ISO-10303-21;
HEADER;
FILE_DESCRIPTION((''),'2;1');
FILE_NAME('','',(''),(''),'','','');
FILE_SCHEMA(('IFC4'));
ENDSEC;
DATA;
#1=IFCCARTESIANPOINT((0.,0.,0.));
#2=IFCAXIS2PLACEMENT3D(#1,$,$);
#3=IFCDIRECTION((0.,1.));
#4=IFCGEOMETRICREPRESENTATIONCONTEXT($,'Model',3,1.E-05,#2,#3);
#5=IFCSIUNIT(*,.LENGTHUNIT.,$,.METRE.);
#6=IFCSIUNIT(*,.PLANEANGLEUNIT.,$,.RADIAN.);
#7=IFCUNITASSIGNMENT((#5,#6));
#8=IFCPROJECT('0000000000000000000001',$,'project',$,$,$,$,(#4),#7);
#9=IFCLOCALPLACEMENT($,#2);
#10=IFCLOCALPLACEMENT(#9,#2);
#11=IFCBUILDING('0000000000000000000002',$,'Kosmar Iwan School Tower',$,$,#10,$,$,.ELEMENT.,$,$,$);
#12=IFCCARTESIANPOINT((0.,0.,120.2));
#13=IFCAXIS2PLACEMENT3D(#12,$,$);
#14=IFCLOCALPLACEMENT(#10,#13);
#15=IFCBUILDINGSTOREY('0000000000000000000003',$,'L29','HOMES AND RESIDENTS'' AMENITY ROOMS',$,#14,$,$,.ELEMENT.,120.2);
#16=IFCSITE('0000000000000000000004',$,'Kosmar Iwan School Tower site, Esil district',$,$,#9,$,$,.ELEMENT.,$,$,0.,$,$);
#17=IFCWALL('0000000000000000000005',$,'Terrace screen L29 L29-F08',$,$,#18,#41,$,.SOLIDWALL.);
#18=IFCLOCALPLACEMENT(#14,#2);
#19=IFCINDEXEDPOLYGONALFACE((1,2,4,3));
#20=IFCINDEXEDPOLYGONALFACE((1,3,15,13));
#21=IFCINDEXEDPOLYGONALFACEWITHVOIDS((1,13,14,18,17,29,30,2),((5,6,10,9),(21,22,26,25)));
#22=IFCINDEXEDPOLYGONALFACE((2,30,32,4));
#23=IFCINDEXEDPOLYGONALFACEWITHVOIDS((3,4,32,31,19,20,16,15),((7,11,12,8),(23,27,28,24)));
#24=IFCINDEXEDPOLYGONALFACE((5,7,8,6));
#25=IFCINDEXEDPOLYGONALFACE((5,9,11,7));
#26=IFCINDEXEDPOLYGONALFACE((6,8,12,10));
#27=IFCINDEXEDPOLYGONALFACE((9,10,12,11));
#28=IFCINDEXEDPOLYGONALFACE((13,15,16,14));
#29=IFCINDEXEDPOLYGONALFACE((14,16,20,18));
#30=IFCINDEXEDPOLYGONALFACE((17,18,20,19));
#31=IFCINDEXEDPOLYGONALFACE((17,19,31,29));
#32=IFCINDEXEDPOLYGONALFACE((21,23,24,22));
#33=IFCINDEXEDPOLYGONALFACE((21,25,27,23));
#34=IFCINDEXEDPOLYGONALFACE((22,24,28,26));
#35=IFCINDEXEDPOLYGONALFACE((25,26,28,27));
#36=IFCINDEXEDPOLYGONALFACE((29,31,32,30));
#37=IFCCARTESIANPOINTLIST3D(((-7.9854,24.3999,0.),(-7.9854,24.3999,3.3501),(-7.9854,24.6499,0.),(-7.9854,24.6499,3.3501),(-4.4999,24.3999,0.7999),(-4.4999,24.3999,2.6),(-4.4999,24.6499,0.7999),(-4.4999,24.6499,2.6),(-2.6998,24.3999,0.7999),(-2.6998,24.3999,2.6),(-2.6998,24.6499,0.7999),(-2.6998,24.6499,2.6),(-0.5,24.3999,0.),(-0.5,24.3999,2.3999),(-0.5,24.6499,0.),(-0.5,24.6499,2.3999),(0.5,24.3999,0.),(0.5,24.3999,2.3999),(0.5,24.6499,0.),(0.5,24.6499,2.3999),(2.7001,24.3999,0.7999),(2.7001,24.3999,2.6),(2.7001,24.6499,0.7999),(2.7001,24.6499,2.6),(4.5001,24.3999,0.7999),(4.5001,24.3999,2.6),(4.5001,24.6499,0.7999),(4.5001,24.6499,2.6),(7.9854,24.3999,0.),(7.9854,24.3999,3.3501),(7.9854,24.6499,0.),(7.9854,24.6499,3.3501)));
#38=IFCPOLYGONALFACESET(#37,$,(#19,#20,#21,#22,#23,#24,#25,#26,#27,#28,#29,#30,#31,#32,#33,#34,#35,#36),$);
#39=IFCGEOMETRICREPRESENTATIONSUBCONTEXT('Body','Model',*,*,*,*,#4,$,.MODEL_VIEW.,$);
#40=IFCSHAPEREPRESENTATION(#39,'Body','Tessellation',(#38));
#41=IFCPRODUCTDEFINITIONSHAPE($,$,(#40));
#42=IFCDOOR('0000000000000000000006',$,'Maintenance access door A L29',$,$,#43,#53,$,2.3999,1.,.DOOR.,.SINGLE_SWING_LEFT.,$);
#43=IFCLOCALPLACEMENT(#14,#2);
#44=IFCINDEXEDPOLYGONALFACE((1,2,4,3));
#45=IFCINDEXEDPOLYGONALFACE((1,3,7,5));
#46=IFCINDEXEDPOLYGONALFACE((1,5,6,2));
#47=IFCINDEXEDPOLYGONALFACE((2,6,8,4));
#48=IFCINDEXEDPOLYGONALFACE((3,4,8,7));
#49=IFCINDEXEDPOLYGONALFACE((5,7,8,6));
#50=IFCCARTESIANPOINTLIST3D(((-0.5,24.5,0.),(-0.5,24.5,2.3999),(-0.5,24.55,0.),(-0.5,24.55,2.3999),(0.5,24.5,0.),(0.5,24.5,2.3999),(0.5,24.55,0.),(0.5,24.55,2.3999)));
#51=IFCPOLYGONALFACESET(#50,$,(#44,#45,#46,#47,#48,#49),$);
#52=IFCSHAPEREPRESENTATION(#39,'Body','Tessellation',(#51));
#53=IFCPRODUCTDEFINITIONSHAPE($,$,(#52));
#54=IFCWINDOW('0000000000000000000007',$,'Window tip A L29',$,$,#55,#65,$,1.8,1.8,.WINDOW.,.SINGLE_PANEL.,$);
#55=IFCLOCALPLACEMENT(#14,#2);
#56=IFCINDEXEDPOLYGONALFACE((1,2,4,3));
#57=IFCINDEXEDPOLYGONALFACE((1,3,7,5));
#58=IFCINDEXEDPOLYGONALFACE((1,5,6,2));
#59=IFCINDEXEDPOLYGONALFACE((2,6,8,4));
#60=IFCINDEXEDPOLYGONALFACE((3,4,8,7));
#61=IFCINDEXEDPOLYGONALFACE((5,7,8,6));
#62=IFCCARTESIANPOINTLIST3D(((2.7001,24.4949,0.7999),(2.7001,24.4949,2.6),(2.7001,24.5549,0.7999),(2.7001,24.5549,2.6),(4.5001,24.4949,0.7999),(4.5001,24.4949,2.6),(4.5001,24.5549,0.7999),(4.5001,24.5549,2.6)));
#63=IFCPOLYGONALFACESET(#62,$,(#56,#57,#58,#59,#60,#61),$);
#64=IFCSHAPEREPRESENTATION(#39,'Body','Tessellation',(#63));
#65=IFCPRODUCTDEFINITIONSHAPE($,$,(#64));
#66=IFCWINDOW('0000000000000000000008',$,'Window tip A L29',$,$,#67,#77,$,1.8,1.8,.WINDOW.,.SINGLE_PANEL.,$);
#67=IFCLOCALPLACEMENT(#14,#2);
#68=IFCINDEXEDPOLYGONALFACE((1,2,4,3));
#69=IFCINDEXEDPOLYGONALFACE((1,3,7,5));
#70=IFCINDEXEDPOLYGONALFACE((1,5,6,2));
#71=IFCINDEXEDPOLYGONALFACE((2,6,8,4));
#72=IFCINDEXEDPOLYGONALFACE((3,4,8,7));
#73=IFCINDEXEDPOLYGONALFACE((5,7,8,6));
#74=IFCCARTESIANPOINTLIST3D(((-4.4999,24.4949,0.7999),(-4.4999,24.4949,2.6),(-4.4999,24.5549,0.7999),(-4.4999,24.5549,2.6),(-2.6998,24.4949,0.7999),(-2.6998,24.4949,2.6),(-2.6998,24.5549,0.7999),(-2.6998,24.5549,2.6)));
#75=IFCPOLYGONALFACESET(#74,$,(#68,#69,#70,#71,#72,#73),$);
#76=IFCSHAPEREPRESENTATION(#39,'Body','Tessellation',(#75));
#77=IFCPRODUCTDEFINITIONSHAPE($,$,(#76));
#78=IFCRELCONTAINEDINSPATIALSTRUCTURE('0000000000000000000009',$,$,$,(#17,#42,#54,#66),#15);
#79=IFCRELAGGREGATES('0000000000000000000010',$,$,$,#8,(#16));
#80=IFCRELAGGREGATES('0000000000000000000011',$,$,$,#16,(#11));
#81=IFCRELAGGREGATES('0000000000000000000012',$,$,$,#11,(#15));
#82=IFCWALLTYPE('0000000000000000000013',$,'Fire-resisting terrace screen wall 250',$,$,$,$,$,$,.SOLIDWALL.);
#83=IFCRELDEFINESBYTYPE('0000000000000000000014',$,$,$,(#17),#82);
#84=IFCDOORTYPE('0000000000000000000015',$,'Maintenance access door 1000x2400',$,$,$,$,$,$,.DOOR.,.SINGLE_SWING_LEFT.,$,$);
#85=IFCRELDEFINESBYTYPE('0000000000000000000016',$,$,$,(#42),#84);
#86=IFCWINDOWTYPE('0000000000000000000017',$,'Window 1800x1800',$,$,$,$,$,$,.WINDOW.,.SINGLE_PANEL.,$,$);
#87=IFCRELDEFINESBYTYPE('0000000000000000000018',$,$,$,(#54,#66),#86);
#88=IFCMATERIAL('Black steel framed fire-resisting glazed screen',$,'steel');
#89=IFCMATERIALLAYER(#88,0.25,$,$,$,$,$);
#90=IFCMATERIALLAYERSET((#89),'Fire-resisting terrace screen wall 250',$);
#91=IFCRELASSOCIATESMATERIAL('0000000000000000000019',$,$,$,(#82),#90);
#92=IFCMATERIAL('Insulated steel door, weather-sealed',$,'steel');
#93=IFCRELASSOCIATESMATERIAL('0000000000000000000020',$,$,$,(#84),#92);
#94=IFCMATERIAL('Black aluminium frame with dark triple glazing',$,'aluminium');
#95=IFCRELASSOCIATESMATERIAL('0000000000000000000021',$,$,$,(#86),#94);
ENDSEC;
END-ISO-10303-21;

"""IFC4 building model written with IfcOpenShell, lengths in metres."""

from ifc_helpers import new_model, si_unit, direction, frame, frame_2d, origin, place, context, subcontext, project, spatial, rectangle, extrude, material, layer, layer_set, type_object, element, fill, save


model = new_model("IFC4")

# Units and contexts
model_context = context("Model", 3, precision=1e-05, world=origin(), true_north=direction((0.0, 1.0)))
body_context = subcontext(model_context, "Body", "Model", "MODEL_VIEW")
ifc_project = project(units=[si_unit("LENGTHUNIT", "METRE"), si_unit("PLANEANGLEUNIT", "RADIAN")], contexts=[model_context])

# Site, building, storey
site_placement = place(None, origin())
site = spatial("IfcSite", under=ifc_project, at=site_placement, Name="Kosmar Iwan School Tower site, Esil district", CompositionType="ELEMENT", RefElevation=0.0)
building_placement = place(site_placement, origin())
building = spatial("IfcBuilding", under=site, at=building_placement, Name="Kosmar Iwan School Tower", CompositionType="ELEMENT")
storey_placement = place(building_placement, frame((0.0, 0.0, 120.2)))
storey = spatial("IfcBuildingStorey", under=building, at=storey_placement, Name="L29", Description="HOMES AND RESIDENTS' AMENITY ROOMS", CompositionType="ELEMENT", Elevation=120.2)

# Wall, openings, door, windows
ifc_material_1 = material(Name="Black steel framed fire-resisting glazed screen", Category="steel")
ifc_layer_1 = layer(ifc_material_1, 0.25)
ifc_layer_set_1 = layer_set([ifc_layer_1], Name="Fire-resisting terrace screen wall 250")
wall_type_1 = type_object("IfcWallType", Name="Fire-resisting terrace screen wall 250", PredefinedType="SOLIDWALL", material=ifc_layer_set_1)
wall_1_placement = place(storey_placement, frame((7.9854, 24.5249, 0.0), z_axis=(0.0, 0.0, 1.0), x_axis=(-1.0, 0.0, 0.0)))
wall_1 = element("IfcWall", 1, at=wall_1_placement, inside=storey, type_object=wall_type_1, Name="Terrace screen L29 L29-F08", PredefinedType="SOLIDWALL", context=body_context, shape_type="SweptSolid", body=[
    extrude(rectangle(XDim=15.9707, YDim=0.25, at=frame_2d((7.9854, 0.0))), origin(), (0.0, 0.0, 1.0), 3.3501),
])
opening_1_placement = place(wall_1_placement, frame((7.4854, 0.0, 0.0)))
opening_1 = element("IfcOpeningElement", 2, at=opening_1_placement, cuts=wall_1, PredefinedType="OPENING", context=body_context, shape_type="SweptSolid", body=[
    extrude(rectangle(XDim=1.0, YDim=2.3999, at=frame_2d((0.5, 1.2))), frame((0.0, 0.137, 0.0), z_axis=(0.0, -1.0, 0.0), x_axis=(1.0, 0.0, 0.0)), (0.0, 0.0, 1.0), 0.2739),
])
opening_2_placement = place(wall_1_placement, frame((3.4854, 0.0, 0.8)))
opening_2 = element("IfcOpeningElement", 3, at=opening_2_placement, cuts=wall_1, PredefinedType="OPENING", context=body_context, shape_type="SweptSolid", body=[
    extrude(rectangle(XDim=1.8, YDim=1.8, at=frame_2d((0.8999, 0.8999))), frame((0.0, 0.137, 0.0), z_axis=(0.0, -1.0, 0.0), x_axis=(1.0, 0.0, 0.0)), (0.0, 0.0, 1.0), 0.2739),
])
opening_3_placement = place(wall_1_placement, frame((10.6853, 0.0, 0.8)))
opening_3 = element("IfcOpeningElement", 4, at=opening_3_placement, cuts=wall_1, PredefinedType="OPENING", context=body_context, shape_type="SweptSolid", body=[
    extrude(rectangle(XDim=1.8, YDim=1.8, at=frame_2d((0.8999, 0.8999))), frame((0.0, 0.137, 0.0), z_axis=(0.0, -1.0, 0.0), x_axis=(1.0, 0.0, 0.0)), (0.0, 0.0, 1.0), 0.2739),
])
ifc_material_2 = material(Name="Insulated steel door, weather-sealed", Category="steel")
door_type_1 = type_object("IfcDoorType", Name="Maintenance access door 1000x2400", OperationType="SINGLE_SWING_LEFT", PredefinedType="DOOR", material=ifc_material_2)
door_1_placement = place(opening_1_placement, origin())
door_1 = element("IfcDoor", 5, at=door_1_placement, inside=storey, type_object=door_type_1, Name="Maintenance access door A L29", OperationType="SINGLE_SWING_LEFT", OverallHeight=2.3999, OverallWidth=1.0, PredefinedType="DOOR", context=body_context, shape_type="SweptSolid", body=[
    extrude(rectangle(XDim=1.0, YDim=2.3999, at=frame_2d((0.5, 1.2))), frame((0.0, 0.0249, 0.0), z_axis=(0.0, -1.0, 0.0), x_axis=(1.0, 0.0, 0.0)), (0.0, 0.0, 1.0), 0.05),
])
fill(opening_1, door_1)
ifc_material_3 = material(Name="Black aluminium frame with dark triple glazing", Category="aluminium")
window_type = type_object("IfcWindowType", Name="Window 1800x1800", PartitioningType="SINGLE_PANEL", PredefinedType="WINDOW", material=ifc_material_3)
window_1_placement = place(opening_2_placement, origin())
window_1 = element("IfcWindow", 6, at=window_1_placement, inside=storey, type_object=window_type, Name="Window tip A L29", OverallHeight=1.8, OverallWidth=1.8, PartitioningType="SINGLE_PANEL", PredefinedType="WINDOW", context=body_context, shape_type="SweptSolid", body=[
    extrude(rectangle(XDim=1.8, YDim=1.8, at=frame_2d((0.8999, 0.8999))), frame((0.0, 0.03, 0.0), z_axis=(0.0, -1.0, 0.0), x_axis=(1.0, 0.0, 0.0)), (0.0, 0.0, 1.0), 0.0601),
])
fill(opening_2, window_1)
window_2_placement = place(opening_3_placement, origin())
window_2 = element("IfcWindow", 7, at=window_2_placement, inside=storey, type_object=window_type, Name="Window tip A L29", OverallHeight=1.8, OverallWidth=1.8, PartitioningType="SINGLE_PANEL", PredefinedType="WINDOW", context=body_context, shape_type="SweptSolid", body=[
    extrude(rectangle(XDim=1.8, YDim=1.8, at=frame_2d((0.8999, 0.8999))), frame((0.0, 0.03, 0.0), z_axis=(0.0, -1.0, 0.0), x_axis=(1.0, 0.0, 0.0)), (0.0, 0.0, 1.0), 0.0601),
])
fill(opening_3, window_2)

save(model, "model.ifc")
